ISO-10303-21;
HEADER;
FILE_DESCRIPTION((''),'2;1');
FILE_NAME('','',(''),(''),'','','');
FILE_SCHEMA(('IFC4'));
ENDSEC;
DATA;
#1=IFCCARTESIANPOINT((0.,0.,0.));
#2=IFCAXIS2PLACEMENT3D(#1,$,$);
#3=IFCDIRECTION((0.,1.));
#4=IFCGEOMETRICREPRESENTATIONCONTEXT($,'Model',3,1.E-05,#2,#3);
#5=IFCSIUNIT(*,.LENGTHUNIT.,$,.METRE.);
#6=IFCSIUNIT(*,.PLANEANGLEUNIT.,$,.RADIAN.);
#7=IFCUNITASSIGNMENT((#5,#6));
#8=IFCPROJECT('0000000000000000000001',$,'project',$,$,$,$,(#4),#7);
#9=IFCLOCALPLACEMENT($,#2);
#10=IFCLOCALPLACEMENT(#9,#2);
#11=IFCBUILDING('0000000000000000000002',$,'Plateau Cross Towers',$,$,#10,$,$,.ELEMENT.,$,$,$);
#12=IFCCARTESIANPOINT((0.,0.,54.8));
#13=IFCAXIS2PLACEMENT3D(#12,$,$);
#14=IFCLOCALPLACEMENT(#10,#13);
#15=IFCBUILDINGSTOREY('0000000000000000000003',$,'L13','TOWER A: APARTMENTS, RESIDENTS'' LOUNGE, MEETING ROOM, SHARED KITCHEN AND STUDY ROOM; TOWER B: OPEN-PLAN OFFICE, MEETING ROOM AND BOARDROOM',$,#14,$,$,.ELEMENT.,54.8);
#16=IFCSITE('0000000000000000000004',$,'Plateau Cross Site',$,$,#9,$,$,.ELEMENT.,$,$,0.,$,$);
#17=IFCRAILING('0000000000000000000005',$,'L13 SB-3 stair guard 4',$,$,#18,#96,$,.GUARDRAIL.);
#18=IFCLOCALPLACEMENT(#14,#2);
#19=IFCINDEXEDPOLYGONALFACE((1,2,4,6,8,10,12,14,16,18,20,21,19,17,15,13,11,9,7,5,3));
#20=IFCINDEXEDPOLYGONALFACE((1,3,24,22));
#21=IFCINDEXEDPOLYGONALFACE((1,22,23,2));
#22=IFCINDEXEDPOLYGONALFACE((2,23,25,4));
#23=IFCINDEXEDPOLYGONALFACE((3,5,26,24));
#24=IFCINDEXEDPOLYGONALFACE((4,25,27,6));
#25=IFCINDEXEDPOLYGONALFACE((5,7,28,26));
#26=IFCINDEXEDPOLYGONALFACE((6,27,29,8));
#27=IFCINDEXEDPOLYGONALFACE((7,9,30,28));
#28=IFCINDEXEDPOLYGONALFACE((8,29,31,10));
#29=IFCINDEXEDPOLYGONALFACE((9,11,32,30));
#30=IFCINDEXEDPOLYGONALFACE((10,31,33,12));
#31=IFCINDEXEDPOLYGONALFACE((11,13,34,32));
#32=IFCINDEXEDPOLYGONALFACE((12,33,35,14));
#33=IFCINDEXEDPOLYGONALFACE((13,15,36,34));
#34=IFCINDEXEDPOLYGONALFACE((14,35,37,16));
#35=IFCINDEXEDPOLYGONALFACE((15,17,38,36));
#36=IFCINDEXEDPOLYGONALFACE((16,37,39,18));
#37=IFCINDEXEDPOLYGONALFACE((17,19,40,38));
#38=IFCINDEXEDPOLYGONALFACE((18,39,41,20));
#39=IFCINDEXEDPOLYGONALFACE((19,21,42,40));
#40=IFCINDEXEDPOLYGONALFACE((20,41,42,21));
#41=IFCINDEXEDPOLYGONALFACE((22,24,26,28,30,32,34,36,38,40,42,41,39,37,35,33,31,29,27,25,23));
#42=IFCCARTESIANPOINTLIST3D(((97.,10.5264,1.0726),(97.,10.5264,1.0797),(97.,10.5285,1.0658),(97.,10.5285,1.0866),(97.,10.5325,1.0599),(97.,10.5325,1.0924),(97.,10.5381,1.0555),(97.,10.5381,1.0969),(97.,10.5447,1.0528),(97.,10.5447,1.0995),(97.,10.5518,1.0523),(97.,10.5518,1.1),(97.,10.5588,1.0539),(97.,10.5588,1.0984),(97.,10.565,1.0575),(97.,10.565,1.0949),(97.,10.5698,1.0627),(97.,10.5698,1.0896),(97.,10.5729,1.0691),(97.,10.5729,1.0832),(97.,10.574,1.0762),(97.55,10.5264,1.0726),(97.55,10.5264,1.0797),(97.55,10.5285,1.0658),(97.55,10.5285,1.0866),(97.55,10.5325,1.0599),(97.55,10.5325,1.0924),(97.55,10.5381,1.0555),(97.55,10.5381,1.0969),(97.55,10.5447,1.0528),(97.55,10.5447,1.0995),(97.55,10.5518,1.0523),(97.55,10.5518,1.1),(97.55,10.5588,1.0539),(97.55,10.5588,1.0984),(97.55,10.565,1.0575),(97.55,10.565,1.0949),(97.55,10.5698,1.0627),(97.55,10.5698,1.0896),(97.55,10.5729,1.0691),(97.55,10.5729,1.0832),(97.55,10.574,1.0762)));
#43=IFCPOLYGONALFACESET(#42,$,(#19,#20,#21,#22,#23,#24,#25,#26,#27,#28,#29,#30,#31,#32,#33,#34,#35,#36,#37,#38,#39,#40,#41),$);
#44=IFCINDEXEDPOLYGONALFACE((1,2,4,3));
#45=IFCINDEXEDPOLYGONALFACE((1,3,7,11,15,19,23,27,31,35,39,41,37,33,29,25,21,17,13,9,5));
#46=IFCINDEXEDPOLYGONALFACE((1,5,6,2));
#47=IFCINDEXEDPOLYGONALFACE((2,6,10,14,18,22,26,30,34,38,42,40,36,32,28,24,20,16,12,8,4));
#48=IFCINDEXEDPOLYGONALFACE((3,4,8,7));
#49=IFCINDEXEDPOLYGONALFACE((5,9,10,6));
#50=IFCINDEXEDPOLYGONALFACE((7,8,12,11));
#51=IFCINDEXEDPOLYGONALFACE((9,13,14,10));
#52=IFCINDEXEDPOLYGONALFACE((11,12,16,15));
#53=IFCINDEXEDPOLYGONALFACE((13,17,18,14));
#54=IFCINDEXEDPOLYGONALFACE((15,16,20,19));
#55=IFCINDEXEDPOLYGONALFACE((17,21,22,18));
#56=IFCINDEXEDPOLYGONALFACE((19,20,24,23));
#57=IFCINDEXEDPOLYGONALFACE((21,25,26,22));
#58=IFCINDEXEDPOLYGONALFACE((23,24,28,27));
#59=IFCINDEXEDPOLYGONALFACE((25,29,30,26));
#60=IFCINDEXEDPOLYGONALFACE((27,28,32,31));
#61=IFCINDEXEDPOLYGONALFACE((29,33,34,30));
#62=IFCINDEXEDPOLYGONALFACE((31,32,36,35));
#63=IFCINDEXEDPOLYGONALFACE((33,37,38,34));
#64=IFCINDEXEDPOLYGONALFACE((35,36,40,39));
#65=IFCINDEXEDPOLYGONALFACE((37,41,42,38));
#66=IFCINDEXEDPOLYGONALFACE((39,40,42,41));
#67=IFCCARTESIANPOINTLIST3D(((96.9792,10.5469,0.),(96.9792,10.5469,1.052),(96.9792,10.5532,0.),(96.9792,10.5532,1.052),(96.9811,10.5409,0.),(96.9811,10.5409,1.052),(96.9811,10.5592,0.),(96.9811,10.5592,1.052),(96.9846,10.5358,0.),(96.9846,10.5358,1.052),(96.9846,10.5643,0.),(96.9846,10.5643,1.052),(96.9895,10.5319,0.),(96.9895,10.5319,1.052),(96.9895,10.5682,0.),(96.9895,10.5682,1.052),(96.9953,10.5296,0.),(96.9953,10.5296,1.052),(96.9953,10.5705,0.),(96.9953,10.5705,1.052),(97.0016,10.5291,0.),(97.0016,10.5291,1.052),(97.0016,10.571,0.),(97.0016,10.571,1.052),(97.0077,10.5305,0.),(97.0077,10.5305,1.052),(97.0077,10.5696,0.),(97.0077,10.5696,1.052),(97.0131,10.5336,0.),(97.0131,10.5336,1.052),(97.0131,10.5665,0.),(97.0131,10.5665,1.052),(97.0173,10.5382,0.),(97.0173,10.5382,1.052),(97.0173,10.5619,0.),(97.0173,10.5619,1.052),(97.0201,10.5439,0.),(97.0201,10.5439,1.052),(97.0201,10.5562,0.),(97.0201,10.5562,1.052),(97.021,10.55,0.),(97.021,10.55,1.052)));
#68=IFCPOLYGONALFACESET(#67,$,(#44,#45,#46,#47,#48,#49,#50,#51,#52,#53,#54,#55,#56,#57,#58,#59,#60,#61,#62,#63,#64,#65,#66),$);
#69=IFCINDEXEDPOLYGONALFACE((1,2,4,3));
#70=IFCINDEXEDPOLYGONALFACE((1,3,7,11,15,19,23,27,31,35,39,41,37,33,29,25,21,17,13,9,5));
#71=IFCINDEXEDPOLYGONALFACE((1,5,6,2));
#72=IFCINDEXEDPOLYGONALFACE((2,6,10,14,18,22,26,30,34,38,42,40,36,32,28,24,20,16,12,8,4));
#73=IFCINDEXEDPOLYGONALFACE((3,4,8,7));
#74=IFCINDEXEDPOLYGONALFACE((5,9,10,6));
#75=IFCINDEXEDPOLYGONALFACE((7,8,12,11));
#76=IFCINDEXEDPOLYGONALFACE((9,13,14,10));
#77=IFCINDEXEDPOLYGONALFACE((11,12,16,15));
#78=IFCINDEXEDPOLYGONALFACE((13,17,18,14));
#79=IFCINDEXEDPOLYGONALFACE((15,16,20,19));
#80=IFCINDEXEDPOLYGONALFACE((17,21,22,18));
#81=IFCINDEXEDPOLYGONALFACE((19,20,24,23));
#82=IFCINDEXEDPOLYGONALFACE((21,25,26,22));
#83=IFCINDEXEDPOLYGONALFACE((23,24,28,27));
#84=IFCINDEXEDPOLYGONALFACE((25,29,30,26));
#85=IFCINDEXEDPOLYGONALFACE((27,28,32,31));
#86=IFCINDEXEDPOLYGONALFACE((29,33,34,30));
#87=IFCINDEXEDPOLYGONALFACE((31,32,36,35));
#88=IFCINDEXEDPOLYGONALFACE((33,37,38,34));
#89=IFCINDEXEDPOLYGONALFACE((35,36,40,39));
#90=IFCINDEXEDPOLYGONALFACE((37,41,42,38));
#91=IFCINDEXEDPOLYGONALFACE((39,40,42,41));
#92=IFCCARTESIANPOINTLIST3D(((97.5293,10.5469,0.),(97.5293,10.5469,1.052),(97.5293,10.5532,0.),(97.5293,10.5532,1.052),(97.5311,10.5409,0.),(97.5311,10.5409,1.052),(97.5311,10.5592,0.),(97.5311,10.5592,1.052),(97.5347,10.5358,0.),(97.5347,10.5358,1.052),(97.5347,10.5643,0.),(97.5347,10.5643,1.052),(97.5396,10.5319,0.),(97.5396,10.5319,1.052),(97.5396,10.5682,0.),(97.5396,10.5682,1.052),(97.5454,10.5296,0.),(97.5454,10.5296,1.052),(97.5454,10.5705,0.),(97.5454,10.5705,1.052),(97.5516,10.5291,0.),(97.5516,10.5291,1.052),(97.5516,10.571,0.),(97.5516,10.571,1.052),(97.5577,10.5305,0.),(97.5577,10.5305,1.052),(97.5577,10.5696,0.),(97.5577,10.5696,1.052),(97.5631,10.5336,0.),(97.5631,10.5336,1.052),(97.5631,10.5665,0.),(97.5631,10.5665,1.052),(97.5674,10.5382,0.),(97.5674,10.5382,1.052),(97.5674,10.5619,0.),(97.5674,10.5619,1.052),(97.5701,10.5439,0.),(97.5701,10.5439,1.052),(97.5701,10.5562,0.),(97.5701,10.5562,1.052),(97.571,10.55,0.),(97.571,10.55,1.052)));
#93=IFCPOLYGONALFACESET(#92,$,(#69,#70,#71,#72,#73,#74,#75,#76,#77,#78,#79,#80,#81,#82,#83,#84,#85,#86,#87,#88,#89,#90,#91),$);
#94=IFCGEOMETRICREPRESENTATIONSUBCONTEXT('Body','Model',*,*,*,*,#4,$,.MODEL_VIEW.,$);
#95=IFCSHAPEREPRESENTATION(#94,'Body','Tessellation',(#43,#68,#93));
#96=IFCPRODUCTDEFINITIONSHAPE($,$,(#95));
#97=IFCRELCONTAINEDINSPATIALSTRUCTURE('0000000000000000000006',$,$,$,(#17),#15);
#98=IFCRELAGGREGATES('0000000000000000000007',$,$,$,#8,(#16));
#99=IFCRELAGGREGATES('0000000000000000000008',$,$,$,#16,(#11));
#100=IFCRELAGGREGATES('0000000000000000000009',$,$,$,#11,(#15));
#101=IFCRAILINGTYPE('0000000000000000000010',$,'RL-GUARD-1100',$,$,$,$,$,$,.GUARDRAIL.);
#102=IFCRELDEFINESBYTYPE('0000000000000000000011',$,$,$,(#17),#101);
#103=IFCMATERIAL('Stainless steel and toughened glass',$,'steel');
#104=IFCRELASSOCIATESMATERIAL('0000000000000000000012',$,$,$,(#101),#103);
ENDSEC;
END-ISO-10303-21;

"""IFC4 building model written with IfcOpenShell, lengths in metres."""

from ifc_helpers import new_model, si_unit, direction, frame, origin, origin_2d, place, context, subcontext, project, spatial, circle, extrude, material, type_object, element, save


model = new_model("IFC4")

# Units and contexts
model_context = context("Model", 3, precision=1e-05, world=origin(), true_north=direction((0.0, 1.0)))
body_context = subcontext(model_context, "Body", "Model", "MODEL_VIEW")
ifc_project = project(units=[si_unit("LENGTHUNIT", "METRE"), si_unit("PLANEANGLEUNIT", "RADIAN")], contexts=[model_context])

# Site, building, storey
site_placement = place(None, origin())
site = spatial("IfcSite", under=ifc_project, at=site_placement, Name="Plateau Cross Site", CompositionType="ELEMENT", RefElevation=0.0)
building_placement = place(site_placement, origin())
building = spatial("IfcBuilding", under=site, at=building_placement, Name="Plateau Cross Towers", CompositionType="ELEMENT")
storey_placement = place(building_placement, frame((0.0, 0.0, 54.8)))
storey = spatial("IfcBuildingStorey", under=building, at=storey_placement, Name="L13", Description="TOWER A: APARTMENTS, RESIDENTS' LOUNGE, MEETING ROOM, SHARED KITCHEN AND STUDY ROOM; TOWER B: OPEN-PLAN OFFICE, MEETING ROOM AND BOARDROOM", CompositionType="ELEMENT", Elevation=54.8)

# Railing
ifc_material_1 = material(Name="Stainless steel and toughened glass", Category="steel")
railing_type_1 = type_object("IfcRailingType", Name="RL-GUARD-1100", PredefinedType="GUARDRAIL", material=ifc_material_1)
railing_1_placement = place(storey_placement, frame((97.0, 10.55, 0.0)))
element("IfcRailing", 1, at=railing_1_placement, inside=storey, type_object=railing_type_1, Name="L13 SB-3 stair guard 4", PredefinedType="GUARDRAIL", context=body_context, shape_type="SweptSolid", body=[
    extrude(circle(Radius=0.0239, at=origin_2d()), frame((0.0, 0.0, 1.0762), z_axis=(1.0, 0.0, 0.0), x_axis=(0.0, 1.0, 0.0)), (0.0, 0.0, 1.0), 0.55),
    extrude(circle(Radius=0.021, at=origin_2d()), origin(), (0.0, 0.0, 1.0), 1.052),
    extrude(circle(Radius=0.021, at=origin_2d()), frame((0.55, 0.0, 0.0)), (0.0, 0.0, 1.0), 1.052),
])

save(model, "model.ifc")
